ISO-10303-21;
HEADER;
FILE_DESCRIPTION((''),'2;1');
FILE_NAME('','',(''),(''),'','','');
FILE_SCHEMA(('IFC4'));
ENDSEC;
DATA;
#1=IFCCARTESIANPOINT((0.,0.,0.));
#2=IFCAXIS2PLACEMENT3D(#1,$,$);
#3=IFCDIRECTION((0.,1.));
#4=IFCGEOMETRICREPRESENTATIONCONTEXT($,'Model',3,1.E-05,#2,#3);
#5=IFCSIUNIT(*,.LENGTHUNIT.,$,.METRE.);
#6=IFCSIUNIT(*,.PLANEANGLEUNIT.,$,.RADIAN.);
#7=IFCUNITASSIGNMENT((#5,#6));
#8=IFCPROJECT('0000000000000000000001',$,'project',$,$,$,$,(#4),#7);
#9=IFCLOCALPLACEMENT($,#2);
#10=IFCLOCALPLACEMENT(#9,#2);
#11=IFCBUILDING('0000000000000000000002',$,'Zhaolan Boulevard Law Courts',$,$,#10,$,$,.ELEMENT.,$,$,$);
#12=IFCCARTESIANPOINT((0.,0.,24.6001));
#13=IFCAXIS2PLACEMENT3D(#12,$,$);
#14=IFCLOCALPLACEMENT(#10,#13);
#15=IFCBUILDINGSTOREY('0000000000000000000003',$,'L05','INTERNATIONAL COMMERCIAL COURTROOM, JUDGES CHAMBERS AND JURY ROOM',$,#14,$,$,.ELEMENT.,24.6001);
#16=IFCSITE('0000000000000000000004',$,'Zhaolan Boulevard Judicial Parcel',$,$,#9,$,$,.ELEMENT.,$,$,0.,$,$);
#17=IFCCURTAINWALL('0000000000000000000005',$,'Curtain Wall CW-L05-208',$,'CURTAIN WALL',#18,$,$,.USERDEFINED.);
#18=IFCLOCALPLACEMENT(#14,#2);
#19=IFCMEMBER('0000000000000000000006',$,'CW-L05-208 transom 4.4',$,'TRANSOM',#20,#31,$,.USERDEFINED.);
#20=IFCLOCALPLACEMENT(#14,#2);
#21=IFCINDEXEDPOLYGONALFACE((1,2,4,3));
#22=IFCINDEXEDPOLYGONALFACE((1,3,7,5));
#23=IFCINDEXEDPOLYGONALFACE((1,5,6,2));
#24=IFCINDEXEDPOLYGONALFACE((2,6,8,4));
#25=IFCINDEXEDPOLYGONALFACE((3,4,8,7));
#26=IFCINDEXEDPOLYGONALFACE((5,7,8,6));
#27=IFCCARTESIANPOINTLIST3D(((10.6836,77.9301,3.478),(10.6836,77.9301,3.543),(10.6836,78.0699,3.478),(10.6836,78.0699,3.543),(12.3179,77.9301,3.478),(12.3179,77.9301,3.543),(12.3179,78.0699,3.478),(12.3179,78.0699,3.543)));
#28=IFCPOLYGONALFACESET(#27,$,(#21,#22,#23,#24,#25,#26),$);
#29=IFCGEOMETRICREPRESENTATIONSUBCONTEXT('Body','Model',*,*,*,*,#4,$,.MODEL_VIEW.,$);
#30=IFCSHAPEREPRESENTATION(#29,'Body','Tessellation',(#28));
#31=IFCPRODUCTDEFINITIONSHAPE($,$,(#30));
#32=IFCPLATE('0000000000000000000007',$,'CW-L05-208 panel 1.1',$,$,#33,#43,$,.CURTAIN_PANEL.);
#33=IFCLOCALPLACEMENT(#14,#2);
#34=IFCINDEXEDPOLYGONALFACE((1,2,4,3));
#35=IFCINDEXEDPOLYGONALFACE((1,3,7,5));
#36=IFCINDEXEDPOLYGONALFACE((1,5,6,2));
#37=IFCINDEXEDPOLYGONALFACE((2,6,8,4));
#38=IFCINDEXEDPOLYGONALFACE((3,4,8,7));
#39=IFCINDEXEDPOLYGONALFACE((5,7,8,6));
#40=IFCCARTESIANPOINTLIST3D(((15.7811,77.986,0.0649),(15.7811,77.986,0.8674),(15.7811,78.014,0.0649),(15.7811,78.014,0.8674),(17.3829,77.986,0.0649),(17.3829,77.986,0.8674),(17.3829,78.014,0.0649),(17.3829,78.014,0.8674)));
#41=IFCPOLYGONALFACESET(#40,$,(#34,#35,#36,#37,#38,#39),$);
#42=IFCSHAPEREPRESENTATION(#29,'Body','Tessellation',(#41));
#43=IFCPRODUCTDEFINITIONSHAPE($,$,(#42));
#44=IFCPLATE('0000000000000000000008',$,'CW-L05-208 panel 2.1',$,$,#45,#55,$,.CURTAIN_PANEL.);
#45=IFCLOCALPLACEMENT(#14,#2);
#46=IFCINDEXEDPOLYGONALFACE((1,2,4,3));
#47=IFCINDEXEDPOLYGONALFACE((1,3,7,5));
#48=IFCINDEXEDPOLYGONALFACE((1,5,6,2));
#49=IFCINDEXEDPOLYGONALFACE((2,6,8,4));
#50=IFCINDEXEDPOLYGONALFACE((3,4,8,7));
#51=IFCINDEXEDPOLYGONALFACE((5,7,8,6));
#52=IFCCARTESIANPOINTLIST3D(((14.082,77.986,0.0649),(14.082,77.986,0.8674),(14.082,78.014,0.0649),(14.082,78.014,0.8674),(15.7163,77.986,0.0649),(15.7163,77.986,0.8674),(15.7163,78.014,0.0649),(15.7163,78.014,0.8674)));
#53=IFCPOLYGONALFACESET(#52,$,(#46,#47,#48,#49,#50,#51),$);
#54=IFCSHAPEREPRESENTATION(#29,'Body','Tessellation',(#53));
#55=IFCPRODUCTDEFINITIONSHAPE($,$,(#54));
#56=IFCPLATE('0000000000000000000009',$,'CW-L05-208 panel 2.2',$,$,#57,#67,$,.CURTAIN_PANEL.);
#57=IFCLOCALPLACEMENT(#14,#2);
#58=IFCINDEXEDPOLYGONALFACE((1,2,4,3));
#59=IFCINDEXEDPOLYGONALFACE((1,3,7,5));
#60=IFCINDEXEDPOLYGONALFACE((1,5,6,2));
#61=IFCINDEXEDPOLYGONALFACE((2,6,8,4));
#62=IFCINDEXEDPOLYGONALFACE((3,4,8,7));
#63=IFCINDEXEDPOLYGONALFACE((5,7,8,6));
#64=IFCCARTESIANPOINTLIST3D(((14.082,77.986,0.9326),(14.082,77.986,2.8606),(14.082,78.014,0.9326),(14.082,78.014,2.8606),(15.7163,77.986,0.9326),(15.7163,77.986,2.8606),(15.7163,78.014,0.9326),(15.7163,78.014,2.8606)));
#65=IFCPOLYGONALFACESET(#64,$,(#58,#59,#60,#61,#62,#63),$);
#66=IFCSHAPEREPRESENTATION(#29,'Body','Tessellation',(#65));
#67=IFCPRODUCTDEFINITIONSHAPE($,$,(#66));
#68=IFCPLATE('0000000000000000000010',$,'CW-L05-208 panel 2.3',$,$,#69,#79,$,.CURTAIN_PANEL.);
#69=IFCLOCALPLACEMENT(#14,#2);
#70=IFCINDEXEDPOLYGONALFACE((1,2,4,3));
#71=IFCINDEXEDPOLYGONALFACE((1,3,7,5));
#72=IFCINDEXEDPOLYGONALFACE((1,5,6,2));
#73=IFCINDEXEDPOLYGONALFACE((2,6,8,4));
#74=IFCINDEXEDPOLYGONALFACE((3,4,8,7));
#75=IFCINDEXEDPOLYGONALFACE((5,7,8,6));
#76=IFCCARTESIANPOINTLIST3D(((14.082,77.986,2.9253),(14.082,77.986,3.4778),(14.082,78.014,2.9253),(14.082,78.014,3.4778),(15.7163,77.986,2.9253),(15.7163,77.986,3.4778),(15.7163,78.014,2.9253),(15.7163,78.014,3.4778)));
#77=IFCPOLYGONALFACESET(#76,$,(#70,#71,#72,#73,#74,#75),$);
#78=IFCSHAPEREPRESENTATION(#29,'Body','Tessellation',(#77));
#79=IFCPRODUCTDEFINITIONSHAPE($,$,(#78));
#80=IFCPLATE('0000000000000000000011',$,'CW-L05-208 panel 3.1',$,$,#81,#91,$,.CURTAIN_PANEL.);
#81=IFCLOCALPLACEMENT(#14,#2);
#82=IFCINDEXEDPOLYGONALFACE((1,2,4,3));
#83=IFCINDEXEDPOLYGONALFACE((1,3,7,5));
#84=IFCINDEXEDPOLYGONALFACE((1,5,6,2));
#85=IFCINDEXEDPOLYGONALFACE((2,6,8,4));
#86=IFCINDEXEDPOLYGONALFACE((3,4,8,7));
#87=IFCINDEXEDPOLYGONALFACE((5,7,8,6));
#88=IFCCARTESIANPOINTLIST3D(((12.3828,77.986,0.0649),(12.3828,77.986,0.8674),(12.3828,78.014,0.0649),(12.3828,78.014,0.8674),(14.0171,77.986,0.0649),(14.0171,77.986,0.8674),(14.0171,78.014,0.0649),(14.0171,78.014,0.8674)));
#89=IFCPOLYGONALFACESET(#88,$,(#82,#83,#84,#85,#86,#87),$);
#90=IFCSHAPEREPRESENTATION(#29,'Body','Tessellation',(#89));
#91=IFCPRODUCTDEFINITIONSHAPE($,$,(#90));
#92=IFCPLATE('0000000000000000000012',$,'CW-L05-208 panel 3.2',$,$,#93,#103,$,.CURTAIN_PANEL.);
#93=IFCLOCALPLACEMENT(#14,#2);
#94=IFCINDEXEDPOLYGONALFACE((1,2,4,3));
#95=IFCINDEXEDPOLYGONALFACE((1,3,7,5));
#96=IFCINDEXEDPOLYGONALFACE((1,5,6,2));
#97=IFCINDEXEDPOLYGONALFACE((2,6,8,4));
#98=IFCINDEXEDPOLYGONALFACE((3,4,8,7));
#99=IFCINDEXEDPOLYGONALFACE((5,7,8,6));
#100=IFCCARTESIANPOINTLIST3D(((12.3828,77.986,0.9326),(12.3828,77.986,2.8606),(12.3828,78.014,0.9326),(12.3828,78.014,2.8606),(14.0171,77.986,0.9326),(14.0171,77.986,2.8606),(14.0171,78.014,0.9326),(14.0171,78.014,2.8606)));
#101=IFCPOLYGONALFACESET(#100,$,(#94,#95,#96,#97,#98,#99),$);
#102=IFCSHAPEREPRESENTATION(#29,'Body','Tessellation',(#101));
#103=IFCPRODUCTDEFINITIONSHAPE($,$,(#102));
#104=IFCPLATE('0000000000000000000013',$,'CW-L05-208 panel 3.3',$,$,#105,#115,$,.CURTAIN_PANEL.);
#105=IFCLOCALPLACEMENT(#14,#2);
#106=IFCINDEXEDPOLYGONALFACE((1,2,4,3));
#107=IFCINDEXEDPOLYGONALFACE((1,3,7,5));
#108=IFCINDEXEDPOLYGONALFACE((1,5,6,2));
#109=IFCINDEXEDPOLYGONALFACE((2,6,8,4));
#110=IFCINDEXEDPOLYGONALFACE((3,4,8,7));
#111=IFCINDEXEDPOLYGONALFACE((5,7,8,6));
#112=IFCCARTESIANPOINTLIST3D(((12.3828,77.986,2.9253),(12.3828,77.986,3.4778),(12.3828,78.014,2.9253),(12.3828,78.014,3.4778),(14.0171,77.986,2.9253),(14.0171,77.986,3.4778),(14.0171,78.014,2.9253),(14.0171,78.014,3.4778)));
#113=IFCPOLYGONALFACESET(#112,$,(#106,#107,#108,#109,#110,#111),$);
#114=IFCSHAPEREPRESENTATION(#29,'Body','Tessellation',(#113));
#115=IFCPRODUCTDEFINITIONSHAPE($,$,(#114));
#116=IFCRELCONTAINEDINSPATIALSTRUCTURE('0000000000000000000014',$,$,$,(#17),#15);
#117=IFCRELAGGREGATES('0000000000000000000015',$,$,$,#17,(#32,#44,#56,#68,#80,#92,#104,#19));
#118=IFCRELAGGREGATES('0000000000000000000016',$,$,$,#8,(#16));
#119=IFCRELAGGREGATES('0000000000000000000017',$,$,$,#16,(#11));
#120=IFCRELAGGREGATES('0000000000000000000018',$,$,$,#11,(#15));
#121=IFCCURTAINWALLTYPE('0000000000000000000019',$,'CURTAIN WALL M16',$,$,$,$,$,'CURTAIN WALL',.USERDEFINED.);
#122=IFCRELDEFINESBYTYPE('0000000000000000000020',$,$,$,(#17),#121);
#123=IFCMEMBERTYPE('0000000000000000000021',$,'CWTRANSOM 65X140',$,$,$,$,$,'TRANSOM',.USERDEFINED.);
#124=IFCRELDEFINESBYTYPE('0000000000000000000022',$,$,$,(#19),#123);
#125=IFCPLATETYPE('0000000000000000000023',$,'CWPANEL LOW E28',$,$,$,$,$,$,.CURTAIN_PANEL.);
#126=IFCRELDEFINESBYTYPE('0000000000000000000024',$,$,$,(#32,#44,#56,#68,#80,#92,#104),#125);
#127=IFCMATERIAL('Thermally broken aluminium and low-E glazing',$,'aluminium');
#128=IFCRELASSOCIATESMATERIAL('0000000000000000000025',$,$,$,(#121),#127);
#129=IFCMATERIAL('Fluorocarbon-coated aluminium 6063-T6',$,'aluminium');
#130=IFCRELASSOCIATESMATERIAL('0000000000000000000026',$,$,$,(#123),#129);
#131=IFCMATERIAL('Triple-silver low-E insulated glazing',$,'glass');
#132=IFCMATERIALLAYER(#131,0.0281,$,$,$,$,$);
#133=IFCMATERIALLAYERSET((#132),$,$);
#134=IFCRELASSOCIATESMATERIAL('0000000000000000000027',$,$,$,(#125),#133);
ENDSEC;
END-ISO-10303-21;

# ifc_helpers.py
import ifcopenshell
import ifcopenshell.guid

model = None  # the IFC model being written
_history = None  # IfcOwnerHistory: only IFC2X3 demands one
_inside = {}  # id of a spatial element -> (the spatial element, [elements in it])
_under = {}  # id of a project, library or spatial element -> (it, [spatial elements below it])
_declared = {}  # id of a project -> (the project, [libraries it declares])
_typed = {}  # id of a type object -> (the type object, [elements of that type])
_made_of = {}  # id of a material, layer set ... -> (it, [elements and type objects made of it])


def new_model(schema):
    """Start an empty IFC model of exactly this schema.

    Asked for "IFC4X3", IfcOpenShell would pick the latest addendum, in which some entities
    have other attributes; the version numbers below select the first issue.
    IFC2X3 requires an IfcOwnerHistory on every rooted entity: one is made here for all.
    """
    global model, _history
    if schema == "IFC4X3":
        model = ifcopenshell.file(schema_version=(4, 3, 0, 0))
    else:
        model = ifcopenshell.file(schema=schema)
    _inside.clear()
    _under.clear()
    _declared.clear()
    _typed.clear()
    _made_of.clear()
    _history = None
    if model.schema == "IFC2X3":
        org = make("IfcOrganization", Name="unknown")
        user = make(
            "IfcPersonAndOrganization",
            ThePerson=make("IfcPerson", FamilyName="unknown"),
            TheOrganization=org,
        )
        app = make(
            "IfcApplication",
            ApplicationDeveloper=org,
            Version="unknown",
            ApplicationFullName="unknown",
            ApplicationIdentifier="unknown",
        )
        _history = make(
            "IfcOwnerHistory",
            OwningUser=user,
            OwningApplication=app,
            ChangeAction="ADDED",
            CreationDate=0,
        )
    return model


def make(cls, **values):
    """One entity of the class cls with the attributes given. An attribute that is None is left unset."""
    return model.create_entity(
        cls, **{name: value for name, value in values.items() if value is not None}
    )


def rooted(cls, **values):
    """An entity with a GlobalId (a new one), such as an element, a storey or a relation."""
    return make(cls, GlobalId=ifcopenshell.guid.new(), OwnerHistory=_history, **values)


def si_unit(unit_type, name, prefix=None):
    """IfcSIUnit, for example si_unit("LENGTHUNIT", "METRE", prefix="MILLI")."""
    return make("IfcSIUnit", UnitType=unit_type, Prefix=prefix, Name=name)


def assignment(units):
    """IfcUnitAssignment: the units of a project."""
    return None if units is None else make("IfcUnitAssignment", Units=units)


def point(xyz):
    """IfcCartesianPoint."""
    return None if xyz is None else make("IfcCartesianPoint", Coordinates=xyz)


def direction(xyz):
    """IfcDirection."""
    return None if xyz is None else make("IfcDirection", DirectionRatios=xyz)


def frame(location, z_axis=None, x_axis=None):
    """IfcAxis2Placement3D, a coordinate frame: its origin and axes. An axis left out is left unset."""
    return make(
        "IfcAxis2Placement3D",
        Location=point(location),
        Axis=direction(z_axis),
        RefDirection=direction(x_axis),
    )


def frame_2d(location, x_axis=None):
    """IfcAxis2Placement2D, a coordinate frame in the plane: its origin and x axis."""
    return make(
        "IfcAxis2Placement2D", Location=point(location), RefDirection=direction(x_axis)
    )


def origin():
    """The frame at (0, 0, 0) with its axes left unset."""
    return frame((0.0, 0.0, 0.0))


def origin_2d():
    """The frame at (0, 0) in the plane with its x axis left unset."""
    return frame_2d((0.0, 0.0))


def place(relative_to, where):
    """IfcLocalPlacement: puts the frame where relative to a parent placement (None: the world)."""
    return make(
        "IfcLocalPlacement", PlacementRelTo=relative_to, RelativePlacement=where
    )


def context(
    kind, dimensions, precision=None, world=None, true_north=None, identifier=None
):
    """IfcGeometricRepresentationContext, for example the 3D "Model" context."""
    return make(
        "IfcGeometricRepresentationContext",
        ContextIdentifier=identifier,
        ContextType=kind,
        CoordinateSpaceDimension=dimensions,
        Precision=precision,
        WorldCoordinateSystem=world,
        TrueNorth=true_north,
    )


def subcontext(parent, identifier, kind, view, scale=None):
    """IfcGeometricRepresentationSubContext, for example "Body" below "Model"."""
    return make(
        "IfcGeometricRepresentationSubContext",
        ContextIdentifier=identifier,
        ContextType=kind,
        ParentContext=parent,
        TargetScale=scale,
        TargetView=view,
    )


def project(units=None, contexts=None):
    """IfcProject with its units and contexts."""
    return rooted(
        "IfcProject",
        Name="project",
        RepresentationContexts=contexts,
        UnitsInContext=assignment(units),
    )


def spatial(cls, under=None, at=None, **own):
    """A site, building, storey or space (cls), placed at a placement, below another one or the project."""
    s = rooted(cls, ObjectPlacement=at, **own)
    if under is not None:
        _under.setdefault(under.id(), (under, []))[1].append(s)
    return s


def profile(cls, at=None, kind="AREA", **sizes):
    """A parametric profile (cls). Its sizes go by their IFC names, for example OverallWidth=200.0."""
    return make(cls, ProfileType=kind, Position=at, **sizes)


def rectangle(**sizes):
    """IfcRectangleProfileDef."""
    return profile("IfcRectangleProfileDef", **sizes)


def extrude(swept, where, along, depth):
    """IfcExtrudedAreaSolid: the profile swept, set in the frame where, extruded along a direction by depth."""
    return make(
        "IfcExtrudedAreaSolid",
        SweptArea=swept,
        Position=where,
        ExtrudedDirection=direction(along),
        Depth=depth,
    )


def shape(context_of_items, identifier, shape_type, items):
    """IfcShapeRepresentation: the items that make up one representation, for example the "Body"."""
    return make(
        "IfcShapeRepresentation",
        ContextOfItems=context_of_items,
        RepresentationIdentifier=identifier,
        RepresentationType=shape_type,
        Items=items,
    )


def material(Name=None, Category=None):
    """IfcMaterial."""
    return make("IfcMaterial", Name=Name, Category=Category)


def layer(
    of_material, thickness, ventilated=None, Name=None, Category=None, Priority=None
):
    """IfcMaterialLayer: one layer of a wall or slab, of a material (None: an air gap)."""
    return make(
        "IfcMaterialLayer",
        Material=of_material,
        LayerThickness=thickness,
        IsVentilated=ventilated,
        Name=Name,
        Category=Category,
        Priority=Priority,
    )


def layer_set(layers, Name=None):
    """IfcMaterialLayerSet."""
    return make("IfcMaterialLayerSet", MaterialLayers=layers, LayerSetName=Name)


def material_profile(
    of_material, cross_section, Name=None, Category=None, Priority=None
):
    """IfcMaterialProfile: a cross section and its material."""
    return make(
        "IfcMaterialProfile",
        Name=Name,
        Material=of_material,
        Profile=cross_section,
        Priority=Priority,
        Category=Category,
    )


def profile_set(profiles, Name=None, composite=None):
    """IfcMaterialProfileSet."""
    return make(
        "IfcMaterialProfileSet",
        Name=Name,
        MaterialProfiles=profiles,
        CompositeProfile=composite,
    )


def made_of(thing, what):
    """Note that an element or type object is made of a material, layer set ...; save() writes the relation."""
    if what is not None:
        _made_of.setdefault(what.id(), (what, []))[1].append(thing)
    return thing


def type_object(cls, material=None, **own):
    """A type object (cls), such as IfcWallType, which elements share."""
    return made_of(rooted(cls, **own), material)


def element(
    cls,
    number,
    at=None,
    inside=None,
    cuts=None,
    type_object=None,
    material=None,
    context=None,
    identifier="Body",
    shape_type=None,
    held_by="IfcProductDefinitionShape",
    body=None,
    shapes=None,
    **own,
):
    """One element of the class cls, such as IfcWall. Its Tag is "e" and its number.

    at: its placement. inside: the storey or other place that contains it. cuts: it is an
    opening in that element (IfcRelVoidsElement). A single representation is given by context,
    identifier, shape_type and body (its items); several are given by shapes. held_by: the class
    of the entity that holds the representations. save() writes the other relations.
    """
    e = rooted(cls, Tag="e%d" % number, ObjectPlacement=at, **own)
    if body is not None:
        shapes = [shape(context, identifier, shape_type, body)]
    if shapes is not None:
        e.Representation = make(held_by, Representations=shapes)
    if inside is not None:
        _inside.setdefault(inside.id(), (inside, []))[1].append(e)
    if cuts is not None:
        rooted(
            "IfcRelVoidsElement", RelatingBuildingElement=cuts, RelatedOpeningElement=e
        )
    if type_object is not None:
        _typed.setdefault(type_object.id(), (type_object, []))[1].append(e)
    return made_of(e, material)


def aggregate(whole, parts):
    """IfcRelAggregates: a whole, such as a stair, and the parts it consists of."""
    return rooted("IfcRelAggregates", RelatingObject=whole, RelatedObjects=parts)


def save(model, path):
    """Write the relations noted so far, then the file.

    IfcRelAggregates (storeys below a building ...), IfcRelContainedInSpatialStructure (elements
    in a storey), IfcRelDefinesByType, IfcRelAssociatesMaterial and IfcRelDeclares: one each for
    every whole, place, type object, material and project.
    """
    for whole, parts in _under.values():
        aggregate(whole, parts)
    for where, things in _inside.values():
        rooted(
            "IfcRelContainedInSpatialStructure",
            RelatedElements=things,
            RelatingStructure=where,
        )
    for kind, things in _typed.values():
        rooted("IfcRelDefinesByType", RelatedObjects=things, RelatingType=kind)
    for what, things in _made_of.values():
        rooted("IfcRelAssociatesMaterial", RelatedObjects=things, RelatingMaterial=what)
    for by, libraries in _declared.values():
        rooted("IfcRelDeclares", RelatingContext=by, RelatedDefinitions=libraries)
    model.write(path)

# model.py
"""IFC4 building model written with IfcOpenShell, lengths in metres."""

from ifc_helpers import new_model, si_unit, direction, frame, origin, origin_2d, place, context, subcontext, project, spatial, rectangle, extrude, material, layer, layer_set, material_profile, profile_set, type_object, element, aggregate, save


model = new_model("IFC4")

# Units and contexts
model_context = context("Model", 3, precision=1e-05, world=origin(), true_north=direction((0.0, 1.0)))
body_context = subcontext(model_context, "Body", "Model", "MODEL_VIEW")
ifc_project = project(units=[si_unit("LENGTHUNIT", "METRE"), si_unit("PLANEANGLEUNIT", "RADIAN")], contexts=[model_context])

# Site, building, storey
site_placement = place(None, origin())
site = spatial("IfcSite", under=ifc_project, at=site_placement, Name="Zhaolan Boulevard Judicial Parcel", CompositionType="ELEMENT", RefElevation=0.0)
building_placement = place(site_placement, origin())
building = spatial("IfcBuilding", under=site, at=building_placement, Name="Zhaolan Boulevard Law Courts", CompositionType="ELEMENT")
storey_placement = place(building_placement, frame((0.0, 0.0, 24.6001)))
storey = spatial("IfcBuildingStorey", under=building, at=storey_placement, Name="L05", Description="INTERNATIONAL COMMERCIAL COURTROOM, JUDGES CHAMBERS AND JURY ROOM", CompositionType="ELEMENT", Elevation=24.6001)

# Curtain wall, member, plates
ifc_material_1 = material(Name="Thermally broken aluminium and low-E glazing", Category="aluminium")
curtain_wall_type = type_object("IfcCurtainWallType", Name="CURTAIN WALL M16", ElementType="CURTAIN WALL", PredefinedType="USERDEFINED", material=ifc_material_1)
curtain_wall_placement = place(storey_placement, origin())
curtain_wall = element("IfcCurtainWall", 1, at=curtain_wall_placement, inside=storey, type_object=curtain_wall_type, Name="Curtain Wall CW-L05-208", ObjectType="CURTAIN WALL", PredefinedType="USERDEFINED")
ifc_material_2 = material(Name="Fluorocarbon-coated aluminium 6063-T6", Category="aluminium")
ifc_material_profile_1 = material_profile(ifc_material_2, rectangle(XDim=0.1399, YDim=0.0649, at=origin_2d()), Name="AL65x140")
ifc_profile_set_1 = profile_set([ifc_material_profile_1], Name="Fluorocarbon-coated aluminium 6063-T6")
member_type_1 = type_object("IfcMemberType", Name="CWTRANSOM 65X140", ElementType="TRANSOM", PredefinedType="USERDEFINED", material=ifc_profile_set_1)
member_1_placement = place(storey_placement, frame((12.3179, 78.0, 3.5105), z_axis=(-1.0, 0.0, 0.0), x_axis=(0.0, -1.0, 0.0)))
member_1 = element("IfcMember", 2, at=member_1_placement, type_object=member_type_1, Name="CW-L05-208 transom 4.4", ObjectType="TRANSOM", PredefinedType="USERDEFINED", context=body_context, shape_type="SweptSolid", body=[
    extrude(rectangle(XDim=0.1399, YDim=0.0649, at=origin_2d()), origin(), (0.0, 0.0, 1.0), 1.6343),
])
ifc_material_3 = material(Name="Triple-silver low-E insulated glazing", Category="glass")
ifc_layer = layer(ifc_material_3, 0.0281)
ifc_layer_set = layer_set([ifc_layer])
plate_type = type_object("IfcPlateType", Name="CWPANEL LOW E28", PredefinedType="CURTAIN_PANEL", material=ifc_layer_set)
plate_1_placement = place(storey_placement, frame((16.582, 78.0, 0.0649), z_axis=(0.0, 0.0, 1.0), x_axis=(-1.0, 0.0, 0.0)))
plate_1 = element("IfcPlate", 3, at=plate_1_placement, type_object=plate_type, Name="CW-L05-208 panel 1.1", PredefinedType="CURTAIN_PANEL", context=body_context, shape_type="SweptSolid", body=[
    extrude(rectangle(XDim=1.6018, YDim=0.0281, at=origin_2d()), origin(), (0.0, 0.0, 1.0), 0.8025),
])
plate_2_placement = place(storey_placement, frame((14.8992, 78.0, 0.0649), z_axis=(0.0, 0.0, 1.0), x_axis=(-1.0, 0.0, 0.0)))
plate_2 = element("IfcPlate", 4, at=plate_2_placement, type_object=plate_type, Name="CW-L05-208 panel 2.1", PredefinedType="CURTAIN_PANEL", context=body_context, shape_type="SweptSolid", body=[
    extrude(rectangle(XDim=1.6343, YDim=0.0281, at=origin_2d()), origin(), (0.0, 0.0, 1.0), 0.8025),
])
plate_3_placement = place(storey_placement, frame((14.8992, 78.0, 0.9326), z_axis=(0.0, 0.0, 1.0), x_axis=(-1.0, 0.0, 0.0)))
plate_3 = element("IfcPlate", 5, at=plate_3_placement, type_object=plate_type, Name="CW-L05-208 panel 2.2", PredefinedType="CURTAIN_PANEL", context=body_context, shape_type="SweptSolid", body=[
    extrude(rectangle(XDim=1.6343, YDim=0.0281, at=origin_2d()), origin(), (0.0, 0.0, 1.0), 1.928),
])
plate_4_placement = place(storey_placement, frame((14.8992, 78.0, 2.9253), z_axis=(0.0, 0.0, 1.0), x_axis=(-1.0, 0.0, 0.0)))
plate_4 = element("IfcPlate", 6, at=plate_4_placement, type_object=plate_type, Name="CW-L05-208 panel 2.3", PredefinedType="CURTAIN_PANEL", context=body_context, shape_type="SweptSolid", body=[
    extrude(rectangle(XDim=1.6343, YDim=0.0281, at=origin_2d()), origin(), (0.0, 0.0, 1.0), 0.5525),
])
plate_5_placement = place(storey_placement, frame((13.2, 78.0, 0.0649), z_axis=(0.0, 0.0, 1.0), x_axis=(-1.0, 0.0, 0.0)))
plate_5 = element("IfcPlate", 7, at=plate_5_placement, type_object=plate_type, Name="CW-L05-208 panel 3.1", PredefinedType="CURTAIN_PANEL", context=body_context, shape_type="SweptSolid", body=[
    extrude(rectangle(XDim=1.6343, YDim=0.0281, at=origin_2d()), origin(), (0.0, 0.0, 1.0), 0.8025),
])
plate_6_placement = place(storey_placement, frame((13.2, 78.0, 0.9326), z_axis=(0.0, 0.0, 1.0), x_axis=(-1.0, 0.0, 0.0)))
plate_6 = element("IfcPlate", 8, at=plate_6_placement, type_object=plate_type, Name="CW-L05-208 panel 3.2", PredefinedType="CURTAIN_PANEL", context=body_context, shape_type="SweptSolid", body=[
    extrude(rectangle(XDim=1.6343, YDim=0.0281, at=origin_2d()), origin(), (0.0, 0.0, 1.0), 1.928),
])
plate_7_placement = place(storey_placement, frame((13.2, 78.0, 2.9253), z_axis=(0.0, 0.0, 1.0), x_axis=(-1.0, 0.0, 0.0)))
plate_7 = element("IfcPlate", 9, at=plate_7_placement, type_object=plate_type, Name="CW-L05-208 panel 3.3", PredefinedType="CURTAIN_PANEL", context=body_context, shape_type="SweptSolid", body=[
    extrude(rectangle(XDim=1.6343, YDim=0.0281, at=origin_2d()), origin(), (0.0, 0.0, 1.0), 0.5525),
])
aggregate(curtain_wall, [plate_1, plate_2, plate_3, plate_4, plate_5, plate_6, plate_7, member_1])

save(model, "model.ifc")
